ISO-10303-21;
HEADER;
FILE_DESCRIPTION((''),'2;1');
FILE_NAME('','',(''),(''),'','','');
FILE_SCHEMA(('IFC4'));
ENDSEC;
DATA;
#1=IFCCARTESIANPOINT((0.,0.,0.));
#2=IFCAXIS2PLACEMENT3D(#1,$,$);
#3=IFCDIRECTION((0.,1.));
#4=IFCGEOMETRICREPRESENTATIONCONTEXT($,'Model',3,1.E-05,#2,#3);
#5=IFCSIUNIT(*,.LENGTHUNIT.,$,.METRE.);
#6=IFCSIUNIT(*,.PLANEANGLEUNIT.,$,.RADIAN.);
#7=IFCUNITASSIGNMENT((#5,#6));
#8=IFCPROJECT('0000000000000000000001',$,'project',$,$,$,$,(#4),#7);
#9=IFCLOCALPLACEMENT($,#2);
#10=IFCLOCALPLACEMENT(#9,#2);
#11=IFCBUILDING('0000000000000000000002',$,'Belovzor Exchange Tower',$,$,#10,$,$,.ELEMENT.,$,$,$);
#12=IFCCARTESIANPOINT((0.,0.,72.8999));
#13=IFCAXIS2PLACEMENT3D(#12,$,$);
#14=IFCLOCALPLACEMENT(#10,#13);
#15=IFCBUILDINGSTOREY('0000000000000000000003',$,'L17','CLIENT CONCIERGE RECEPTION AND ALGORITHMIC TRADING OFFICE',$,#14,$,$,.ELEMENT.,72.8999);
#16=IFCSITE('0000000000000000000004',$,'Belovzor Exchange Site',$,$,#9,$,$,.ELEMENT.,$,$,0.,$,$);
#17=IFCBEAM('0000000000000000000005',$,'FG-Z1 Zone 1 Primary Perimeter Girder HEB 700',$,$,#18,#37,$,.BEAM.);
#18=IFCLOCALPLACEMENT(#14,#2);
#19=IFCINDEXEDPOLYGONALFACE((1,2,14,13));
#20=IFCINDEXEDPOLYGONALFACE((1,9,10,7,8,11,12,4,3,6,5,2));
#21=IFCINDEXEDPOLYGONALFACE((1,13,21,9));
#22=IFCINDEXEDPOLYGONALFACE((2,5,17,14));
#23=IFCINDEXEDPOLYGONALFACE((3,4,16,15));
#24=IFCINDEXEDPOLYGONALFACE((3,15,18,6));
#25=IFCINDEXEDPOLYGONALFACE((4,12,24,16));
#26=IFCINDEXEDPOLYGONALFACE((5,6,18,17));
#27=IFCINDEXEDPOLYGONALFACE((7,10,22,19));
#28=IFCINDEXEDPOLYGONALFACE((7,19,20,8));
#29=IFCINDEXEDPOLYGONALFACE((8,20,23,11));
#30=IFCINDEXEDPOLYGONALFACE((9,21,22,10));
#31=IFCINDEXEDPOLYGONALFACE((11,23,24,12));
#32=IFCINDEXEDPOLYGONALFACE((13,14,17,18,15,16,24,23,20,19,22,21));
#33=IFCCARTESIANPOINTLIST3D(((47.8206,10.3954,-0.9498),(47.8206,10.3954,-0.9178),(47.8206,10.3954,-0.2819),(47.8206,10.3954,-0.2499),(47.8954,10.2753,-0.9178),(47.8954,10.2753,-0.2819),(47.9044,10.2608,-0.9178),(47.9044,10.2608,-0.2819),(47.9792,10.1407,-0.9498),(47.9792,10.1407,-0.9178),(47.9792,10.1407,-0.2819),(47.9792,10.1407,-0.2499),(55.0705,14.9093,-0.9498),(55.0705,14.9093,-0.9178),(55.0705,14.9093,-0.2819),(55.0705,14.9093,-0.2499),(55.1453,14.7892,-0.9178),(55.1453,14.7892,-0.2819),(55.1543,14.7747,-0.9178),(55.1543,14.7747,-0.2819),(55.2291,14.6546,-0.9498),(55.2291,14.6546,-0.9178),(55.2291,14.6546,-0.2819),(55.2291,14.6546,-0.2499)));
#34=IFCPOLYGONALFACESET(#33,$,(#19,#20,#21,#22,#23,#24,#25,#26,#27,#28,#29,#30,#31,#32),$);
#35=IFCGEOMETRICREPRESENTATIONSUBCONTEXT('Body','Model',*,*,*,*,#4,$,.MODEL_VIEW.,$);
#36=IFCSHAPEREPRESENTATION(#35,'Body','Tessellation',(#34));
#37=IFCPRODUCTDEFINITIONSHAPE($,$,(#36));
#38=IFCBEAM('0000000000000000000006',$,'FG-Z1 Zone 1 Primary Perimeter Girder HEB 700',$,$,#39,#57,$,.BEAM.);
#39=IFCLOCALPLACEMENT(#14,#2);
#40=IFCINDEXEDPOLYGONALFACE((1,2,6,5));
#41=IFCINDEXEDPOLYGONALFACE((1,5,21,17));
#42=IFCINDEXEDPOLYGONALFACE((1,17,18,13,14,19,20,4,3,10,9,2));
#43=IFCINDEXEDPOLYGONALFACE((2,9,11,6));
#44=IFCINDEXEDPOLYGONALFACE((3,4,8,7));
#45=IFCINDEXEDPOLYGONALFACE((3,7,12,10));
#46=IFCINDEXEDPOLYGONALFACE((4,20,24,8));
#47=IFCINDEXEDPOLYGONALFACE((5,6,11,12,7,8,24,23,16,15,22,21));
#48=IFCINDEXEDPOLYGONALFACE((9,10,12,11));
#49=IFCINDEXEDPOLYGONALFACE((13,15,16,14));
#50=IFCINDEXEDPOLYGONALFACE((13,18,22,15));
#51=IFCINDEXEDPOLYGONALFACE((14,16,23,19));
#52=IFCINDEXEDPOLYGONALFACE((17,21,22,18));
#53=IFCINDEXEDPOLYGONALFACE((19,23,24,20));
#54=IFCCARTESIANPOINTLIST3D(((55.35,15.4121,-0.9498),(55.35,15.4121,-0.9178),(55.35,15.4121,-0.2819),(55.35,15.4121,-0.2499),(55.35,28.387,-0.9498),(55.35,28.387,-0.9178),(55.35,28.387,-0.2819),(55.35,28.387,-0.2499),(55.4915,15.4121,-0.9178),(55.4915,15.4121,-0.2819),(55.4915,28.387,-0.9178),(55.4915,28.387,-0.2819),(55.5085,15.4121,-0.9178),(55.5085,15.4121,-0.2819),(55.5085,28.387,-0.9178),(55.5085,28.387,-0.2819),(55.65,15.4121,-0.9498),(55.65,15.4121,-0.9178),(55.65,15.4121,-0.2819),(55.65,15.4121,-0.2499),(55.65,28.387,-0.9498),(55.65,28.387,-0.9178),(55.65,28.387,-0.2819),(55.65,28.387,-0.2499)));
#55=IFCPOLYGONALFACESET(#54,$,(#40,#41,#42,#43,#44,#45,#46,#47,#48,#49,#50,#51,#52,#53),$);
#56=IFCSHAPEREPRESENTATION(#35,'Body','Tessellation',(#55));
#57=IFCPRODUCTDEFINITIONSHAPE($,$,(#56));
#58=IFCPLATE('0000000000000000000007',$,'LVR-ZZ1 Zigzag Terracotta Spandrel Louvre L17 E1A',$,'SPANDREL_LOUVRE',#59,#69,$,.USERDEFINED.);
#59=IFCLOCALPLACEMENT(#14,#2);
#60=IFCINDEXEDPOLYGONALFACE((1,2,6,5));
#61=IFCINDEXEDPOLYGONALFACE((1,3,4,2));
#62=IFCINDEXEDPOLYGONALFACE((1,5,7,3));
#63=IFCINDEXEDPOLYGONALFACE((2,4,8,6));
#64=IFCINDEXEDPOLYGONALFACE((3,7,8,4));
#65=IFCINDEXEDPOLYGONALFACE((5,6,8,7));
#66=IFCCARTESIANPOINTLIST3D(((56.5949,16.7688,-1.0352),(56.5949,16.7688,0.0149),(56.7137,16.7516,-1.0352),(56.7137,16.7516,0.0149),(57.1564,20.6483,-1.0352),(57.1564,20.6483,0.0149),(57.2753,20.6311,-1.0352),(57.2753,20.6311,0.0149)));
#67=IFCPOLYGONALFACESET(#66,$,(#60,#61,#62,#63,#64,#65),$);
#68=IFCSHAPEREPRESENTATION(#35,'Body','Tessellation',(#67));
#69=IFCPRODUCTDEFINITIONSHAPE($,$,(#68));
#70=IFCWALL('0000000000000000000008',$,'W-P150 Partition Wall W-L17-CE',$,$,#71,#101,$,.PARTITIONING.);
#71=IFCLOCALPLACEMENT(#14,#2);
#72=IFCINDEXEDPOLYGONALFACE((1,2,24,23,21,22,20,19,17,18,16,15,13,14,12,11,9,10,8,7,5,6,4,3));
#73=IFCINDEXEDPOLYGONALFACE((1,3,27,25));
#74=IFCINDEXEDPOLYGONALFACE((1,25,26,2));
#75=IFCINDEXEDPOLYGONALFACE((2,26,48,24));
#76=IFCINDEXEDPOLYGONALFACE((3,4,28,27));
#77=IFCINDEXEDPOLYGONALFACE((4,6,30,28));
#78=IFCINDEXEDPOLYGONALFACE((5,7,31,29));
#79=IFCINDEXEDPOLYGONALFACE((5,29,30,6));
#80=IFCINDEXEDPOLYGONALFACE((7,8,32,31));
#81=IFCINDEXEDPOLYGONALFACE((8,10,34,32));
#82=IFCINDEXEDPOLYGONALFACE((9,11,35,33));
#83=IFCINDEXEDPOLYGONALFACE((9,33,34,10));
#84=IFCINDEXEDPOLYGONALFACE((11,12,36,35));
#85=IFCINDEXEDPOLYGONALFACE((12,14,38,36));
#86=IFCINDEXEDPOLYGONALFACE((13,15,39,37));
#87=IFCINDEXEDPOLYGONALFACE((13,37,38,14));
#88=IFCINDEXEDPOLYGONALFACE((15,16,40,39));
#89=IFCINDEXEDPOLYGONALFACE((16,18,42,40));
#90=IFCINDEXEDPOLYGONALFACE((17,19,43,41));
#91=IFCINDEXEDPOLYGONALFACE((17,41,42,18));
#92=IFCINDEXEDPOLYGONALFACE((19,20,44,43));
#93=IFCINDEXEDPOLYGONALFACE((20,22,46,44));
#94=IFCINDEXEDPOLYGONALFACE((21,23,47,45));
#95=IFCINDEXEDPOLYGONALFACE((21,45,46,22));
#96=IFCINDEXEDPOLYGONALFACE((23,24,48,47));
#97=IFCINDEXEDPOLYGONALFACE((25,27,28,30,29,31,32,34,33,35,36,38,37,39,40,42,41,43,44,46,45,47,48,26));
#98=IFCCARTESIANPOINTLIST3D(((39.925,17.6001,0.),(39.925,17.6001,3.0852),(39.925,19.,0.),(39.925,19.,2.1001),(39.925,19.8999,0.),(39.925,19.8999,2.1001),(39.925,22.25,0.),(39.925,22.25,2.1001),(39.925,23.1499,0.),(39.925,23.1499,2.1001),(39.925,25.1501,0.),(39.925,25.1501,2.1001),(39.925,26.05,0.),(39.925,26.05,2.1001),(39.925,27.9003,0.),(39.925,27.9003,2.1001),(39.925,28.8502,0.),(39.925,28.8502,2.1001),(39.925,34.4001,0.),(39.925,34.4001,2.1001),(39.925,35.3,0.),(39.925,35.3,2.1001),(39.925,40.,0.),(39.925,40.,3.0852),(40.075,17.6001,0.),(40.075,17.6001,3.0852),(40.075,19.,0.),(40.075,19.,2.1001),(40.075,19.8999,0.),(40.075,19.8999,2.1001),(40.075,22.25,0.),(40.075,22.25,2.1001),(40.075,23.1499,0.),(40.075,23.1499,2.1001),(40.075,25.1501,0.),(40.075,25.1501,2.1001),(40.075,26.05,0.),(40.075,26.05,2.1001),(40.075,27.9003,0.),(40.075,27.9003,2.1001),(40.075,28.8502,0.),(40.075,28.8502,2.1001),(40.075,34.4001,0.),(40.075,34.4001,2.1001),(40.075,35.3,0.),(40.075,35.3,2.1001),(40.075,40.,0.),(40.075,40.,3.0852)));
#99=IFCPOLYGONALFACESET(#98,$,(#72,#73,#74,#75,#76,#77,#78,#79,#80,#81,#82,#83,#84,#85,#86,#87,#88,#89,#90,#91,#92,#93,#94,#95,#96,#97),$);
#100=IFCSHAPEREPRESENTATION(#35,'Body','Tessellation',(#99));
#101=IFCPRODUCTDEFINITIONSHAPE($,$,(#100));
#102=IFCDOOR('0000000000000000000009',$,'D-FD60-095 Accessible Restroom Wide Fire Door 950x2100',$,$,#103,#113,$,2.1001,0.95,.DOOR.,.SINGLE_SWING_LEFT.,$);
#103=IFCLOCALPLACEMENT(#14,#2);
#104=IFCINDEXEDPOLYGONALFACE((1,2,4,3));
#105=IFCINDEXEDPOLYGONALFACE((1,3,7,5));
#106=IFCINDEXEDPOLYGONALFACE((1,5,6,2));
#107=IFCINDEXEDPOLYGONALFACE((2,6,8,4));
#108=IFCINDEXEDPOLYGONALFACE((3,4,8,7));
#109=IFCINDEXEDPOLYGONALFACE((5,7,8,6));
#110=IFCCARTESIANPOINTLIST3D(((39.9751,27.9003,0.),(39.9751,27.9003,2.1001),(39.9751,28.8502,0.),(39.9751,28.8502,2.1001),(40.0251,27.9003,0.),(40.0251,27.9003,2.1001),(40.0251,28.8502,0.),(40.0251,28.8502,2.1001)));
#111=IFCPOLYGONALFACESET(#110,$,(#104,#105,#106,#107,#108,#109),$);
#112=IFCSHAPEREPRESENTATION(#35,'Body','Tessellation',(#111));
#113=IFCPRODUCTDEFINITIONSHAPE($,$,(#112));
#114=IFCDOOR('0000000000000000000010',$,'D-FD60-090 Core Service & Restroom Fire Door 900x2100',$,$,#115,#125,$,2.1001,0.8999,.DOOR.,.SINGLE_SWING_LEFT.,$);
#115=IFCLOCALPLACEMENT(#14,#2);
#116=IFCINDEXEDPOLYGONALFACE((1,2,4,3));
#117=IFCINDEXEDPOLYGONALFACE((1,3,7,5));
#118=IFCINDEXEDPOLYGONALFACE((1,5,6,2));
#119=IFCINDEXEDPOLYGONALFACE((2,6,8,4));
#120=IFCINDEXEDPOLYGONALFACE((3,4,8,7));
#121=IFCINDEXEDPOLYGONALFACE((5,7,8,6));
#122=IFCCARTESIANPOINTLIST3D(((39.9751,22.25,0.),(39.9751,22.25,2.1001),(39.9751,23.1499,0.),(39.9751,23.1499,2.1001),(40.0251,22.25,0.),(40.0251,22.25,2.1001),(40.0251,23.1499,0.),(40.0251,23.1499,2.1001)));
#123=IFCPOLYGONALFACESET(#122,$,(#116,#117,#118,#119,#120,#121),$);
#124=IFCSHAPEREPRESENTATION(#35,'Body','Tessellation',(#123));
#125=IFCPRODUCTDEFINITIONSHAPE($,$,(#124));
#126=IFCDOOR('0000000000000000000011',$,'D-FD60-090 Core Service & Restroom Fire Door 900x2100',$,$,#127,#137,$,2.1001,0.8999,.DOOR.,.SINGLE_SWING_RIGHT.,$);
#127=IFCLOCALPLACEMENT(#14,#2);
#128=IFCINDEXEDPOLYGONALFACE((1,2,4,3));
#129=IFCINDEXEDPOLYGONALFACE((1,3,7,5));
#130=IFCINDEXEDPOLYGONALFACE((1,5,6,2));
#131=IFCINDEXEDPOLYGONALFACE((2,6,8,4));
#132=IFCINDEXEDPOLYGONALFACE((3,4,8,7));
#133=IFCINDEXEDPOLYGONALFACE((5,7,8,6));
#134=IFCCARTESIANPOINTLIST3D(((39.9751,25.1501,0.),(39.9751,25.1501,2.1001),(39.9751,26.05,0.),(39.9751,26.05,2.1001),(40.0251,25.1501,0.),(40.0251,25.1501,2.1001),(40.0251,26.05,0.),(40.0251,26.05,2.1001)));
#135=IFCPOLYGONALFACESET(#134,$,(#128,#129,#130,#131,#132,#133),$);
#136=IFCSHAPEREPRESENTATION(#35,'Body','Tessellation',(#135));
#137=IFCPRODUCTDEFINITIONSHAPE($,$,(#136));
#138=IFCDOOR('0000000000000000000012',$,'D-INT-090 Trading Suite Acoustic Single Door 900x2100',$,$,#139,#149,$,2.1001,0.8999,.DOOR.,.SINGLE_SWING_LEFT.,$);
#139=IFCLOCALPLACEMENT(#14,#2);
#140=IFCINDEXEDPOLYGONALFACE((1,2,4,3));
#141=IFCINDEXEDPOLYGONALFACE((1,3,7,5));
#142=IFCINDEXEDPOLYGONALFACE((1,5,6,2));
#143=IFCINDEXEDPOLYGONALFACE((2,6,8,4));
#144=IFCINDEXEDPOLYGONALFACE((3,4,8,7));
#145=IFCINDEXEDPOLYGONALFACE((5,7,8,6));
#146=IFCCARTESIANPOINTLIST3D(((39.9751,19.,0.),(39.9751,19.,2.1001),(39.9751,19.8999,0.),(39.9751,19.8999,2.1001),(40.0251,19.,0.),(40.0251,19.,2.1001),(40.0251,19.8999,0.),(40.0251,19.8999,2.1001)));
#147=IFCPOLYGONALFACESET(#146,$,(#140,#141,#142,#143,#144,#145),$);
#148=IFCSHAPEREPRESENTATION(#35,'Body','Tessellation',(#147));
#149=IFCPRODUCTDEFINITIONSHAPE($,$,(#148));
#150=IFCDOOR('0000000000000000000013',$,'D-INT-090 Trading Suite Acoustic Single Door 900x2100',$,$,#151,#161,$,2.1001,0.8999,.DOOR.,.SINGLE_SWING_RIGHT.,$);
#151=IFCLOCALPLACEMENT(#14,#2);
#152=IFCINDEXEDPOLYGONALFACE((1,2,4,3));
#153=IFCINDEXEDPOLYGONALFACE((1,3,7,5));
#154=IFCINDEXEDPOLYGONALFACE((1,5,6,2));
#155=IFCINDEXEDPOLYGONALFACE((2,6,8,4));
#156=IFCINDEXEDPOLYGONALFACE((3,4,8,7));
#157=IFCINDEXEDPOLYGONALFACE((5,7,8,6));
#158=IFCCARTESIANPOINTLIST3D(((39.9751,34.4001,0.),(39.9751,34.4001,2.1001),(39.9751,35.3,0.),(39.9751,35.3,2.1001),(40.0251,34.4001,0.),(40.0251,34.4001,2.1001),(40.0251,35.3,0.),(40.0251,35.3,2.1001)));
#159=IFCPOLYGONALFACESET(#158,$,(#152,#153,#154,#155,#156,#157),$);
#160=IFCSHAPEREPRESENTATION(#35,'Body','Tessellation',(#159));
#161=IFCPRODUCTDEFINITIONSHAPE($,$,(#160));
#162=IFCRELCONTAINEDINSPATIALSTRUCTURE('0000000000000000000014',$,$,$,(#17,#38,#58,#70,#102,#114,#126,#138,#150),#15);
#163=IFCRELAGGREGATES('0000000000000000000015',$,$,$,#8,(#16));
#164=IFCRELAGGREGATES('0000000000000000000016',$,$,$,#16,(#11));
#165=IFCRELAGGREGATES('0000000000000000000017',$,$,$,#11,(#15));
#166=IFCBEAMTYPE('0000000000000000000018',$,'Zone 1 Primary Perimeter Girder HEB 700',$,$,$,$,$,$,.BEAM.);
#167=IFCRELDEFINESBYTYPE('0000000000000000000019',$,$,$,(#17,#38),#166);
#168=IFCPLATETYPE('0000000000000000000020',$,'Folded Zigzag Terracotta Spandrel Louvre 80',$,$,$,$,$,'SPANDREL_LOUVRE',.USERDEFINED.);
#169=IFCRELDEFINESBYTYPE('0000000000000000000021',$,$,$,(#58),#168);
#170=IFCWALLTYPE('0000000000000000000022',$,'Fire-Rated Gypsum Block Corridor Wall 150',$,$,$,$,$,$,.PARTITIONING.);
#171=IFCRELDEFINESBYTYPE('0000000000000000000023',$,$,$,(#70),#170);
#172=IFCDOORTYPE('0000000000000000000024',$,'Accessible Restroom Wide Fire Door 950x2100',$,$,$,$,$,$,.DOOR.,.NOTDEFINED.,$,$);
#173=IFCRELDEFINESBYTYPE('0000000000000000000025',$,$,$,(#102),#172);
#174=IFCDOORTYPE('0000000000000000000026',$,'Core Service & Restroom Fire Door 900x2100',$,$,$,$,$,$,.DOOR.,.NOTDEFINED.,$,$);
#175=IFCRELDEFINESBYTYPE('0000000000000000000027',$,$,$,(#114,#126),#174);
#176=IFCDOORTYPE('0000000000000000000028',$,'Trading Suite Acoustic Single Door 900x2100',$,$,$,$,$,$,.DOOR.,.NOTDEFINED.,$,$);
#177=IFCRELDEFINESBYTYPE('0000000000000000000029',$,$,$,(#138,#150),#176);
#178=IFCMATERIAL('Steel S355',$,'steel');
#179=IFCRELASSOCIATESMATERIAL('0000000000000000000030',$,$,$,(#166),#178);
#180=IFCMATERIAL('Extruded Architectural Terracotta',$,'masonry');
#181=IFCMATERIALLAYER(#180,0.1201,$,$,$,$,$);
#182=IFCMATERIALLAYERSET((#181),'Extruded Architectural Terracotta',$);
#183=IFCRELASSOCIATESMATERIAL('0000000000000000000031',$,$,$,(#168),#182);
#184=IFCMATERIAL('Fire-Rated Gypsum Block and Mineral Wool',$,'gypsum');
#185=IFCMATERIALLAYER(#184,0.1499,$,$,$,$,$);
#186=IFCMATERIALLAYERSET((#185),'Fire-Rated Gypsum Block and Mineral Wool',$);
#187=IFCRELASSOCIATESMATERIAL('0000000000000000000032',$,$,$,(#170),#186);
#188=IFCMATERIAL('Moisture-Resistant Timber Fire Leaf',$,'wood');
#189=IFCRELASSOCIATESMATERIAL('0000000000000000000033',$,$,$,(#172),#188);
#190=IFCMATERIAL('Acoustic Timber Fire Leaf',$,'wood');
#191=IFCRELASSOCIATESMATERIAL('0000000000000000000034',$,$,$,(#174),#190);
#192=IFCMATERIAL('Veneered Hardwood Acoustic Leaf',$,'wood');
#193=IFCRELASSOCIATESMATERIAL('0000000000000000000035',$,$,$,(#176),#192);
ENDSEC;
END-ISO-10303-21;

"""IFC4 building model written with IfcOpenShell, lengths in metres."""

from ifc_helpers import new_model, si_unit, direction, frame, frame_2d, origin, origin_2d, place, context, subcontext, project, spatial, rectangle, i_section, extrude, material, layer, layer_set, material_profile, profile_set, type_object, element, fill, save


model = new_model("IFC4")

# Units and contexts
model_context = context("Model", 3, precision=1e-05, world=origin(), true_north=direction((0.0, 1.0)))
body_context = subcontext(model_context, "Body", "Model", "MODEL_VIEW")
ifc_project = project(units=[si_unit("LENGTHUNIT", "METRE"), si_unit("PLANEANGLEUNIT", "RADIAN")], contexts=[model_context])

# Site, building, storey
site_placement = place(None, origin())
site = spatial("IfcSite", under=ifc_project, at=site_placement, Name="Belovzor Exchange Site", CompositionType="ELEMENT", RefElevation=0.0)
building_placement = place(site_placement, origin())
building = spatial("IfcBuilding", under=site, at=building_placement, Name="Belovzor Exchange Tower", CompositionType="ELEMENT")
storey_placement = place(building_placement, frame((0.0, 0.0, 72.8999)))
storey = spatial("IfcBuildingStorey", under=building, at=storey_placement, Name="L17", Description="CLIENT CONCIERGE RECEPTION AND ALGORITHMIC TRADING OFFICE", CompositionType="ELEMENT", Elevation=72.8999)

# Beams
ifc_material_1 = material(Name="Steel S355", Category="steel")
ifc_material_profile_1 = material_profile(ifc_material_1, i_section(OverallWidth=0.3, OverallDepth=0.7, WebThickness=0.0171, FlangeThickness=0.032, at=origin_2d()))
ifc_profile_set_1 = profile_set([ifc_material_profile_1], Name="Steel S355")
beam_type_1 = type_object("IfcBeamType", Name="Zone 1 Primary Perimeter Girder HEB 700", PredefinedType="BEAM", material=ifc_profile_set_1)
for number, where, z_axis, x_axis, name in (
    (1, (47.8999, 10.2681, -0.5999), (0.848909, 0.528539, 0.0), (-0.528539, 0.848909, 0.0), "FG-Z1 Zone 1 Primary Perimeter Girder HEB 700"),
):
    element("IfcBeam", number, at=place(storey_placement, frame(where, z_axis=z_axis, x_axis=x_axis)), inside=storey, type_object=beam_type_1, Name=name, PredefinedType="BEAM", context=body_context, shape_type="SweptSolid", body=[
        extrude(i_section(OverallWidth=0.3, OverallDepth=0.7, WebThickness=0.0171, FlangeThickness=0.032, at=origin_2d()), origin(), (0.0, 0.0, 1.0), 8.5403),
    ])
beam_1_placement = place(storey_placement, frame((55.5, 15.4121, -0.5999), z_axis=(0.0, 1.0, 0.0), x_axis=(-1.0, 0.0, 0.0)))
element("IfcBeam", 2, at=beam_1_placement, inside=storey, type_object=beam_type_1, Name="FG-Z1 Zone 1 Primary Perimeter Girder HEB 700", PredefinedType="BEAM", context=body_context, shape_type="SweptSolid", body=[
    extrude(i_section(OverallWidth=0.3, OverallDepth=0.7, WebThickness=0.0171, FlangeThickness=0.032, at=origin_2d()), origin(), (0.0, 0.0, 1.0), 12.9749),
])

# Plate
ifc_material_2 = material(Name="Extruded Architectural Terracotta", Category="masonry")
ifc_layer_1 = layer(ifc_material_2, 0.1201)
ifc_layer_set_1 = layer_set([ifc_layer_1], Name="Extruded Architectural Terracotta")
plate_type = type_object("IfcPlateType", Name="Folded Zigzag Terracotta Spandrel Louvre 80", ElementType="SPANDREL_LOUVRE", PredefinedType="USERDEFINED", material=ifc_layer_set_1)
plate_placement = place(storey_placement, frame((56.9351, 18.7, -1.0352), z_axis=(0.0, 0.0, 1.0), x_axis=(0.143251, 0.989686, 0.0)))
element("IfcPlate", 3, at=plate_placement, inside=storey, type_object=plate_type, Name="LVR-ZZ1 Zigzag Terracotta Spandrel Louvre L17 E1A", ObjectType="SPANDREL_LOUVRE", PredefinedType="USERDEFINED", context=body_context, shape_type="SweptSolid", body=[
    extrude(rectangle(XDim=3.9199, YDim=0.1201, at=origin_2d()), origin(), (0.0, 0.0, 1.0), 1.05),
])

# Wall, openings, doors
ifc_material_3 = material(Name="Fire-Rated Gypsum Block and Mineral Wool", Category="gypsum")
ifc_layer_2 = layer(ifc_material_3, 0.1499)
ifc_layer_set_2 = layer_set([ifc_layer_2], Name="Fire-Rated Gypsum Block and Mineral Wool")
wall_type_1 = type_object("IfcWallType", Name="Fire-Rated Gypsum Block Corridor Wall 150", PredefinedType="PARTITIONING", material=ifc_layer_set_2)
wall_1_placement = place(storey_placement, frame((40.0, 17.6001, 0.0), z_axis=(0.0, 0.0, 1.0), x_axis=(0.0, 1.0, 0.0)))
wall_1 = element("IfcWall", 4, at=wall_1_placement, inside=storey, type_object=wall_type_1, Name="W-P150 Partition Wall W-L17-CE", PredefinedType="PARTITIONING", context=body_context, shape_type="SweptSolid", body=[
    extrude(rectangle(XDim=22.3999, YDim=0.1499, at=frame_2d((11.2, 0.0))), origin(), (0.0, 0.0, 1.0), 3.0852),
])
opening_1_placement = place(wall_1_placement, frame((1.3999, 0.0, 0.0)))
opening_1 = element("IfcOpeningElement", 5, at=opening_1_placement, cuts=wall_1, PredefinedType="OPENING", context=body_context, shape_type="SweptSolid", body=[
    extrude(rectangle(XDim=0.8999, YDim=2.1001, at=frame_2d((0.45, 1.05))), frame((0.0, 0.085, 0.0), z_axis=(0.0, -1.0, 0.0), x_axis=(1.0, 0.0, 0.0)), (0.0, 0.0, 1.0), 0.1699),
])
opening_2_placement = place(wall_1_placement, frame((4.6499, 0.0, 0.0)))
opening_2 = element("IfcOpeningElement", 6, at=opening_2_placement, cuts=wall_1, PredefinedType="OPENING", context=body_context, shape_type="SweptSolid", body=[
    extrude(rectangle(XDim=0.8999, YDim=2.1001, at=frame_2d((0.45, 1.05))), frame((0.0, 0.085, 0.0), z_axis=(0.0, -1.0, 0.0), x_axis=(1.0, 0.0, 0.0)), (0.0, 0.0, 1.0), 0.1699),
])
opening_3_placement = place(wall_1_placement, frame((7.55, 0.0, 0.0)))
opening_3 = element("IfcOpeningElement", 7, at=opening_3_placement, cuts=wall_1, PredefinedType="OPENING", context=body_context, shape_type="SweptSolid", body=[
    extrude(rectangle(XDim=0.8999, YDim=2.1001, at=frame_2d((0.45, 1.05))), frame((0.0, 0.085, 0.0), z_axis=(0.0, -1.0, 0.0), x_axis=(1.0, 0.0, 0.0)), (0.0, 0.0, 1.0), 0.1699),
])
opening_4_placement = place(wall_1_placement, frame((10.3, 0.0, 0.0)))
opening_4 = element("IfcOpeningElement", 8, at=opening_4_placement, cuts=wall_1, PredefinedType="OPENING", context=body_context, shape_type="SweptSolid", body=[
    extrude(rectangle(XDim=0.95, YDim=2.1001, at=frame_2d((0.4751, 1.05))), frame((0.0, 0.085, 0.0), z_axis=(0.0, -1.0, 0.0), x_axis=(1.0, 0.0, 0.0)), (0.0, 0.0, 1.0), 0.1699),
])
opening_5_placement = place(wall_1_placement, frame((16.8, 0.0, 0.0)))
opening_5 = element("IfcOpeningElement", 9, at=opening_5_placement, cuts=wall_1, PredefinedType="OPENING", context=body_context, shape_type="SweptSolid", body=[
    extrude(rectangle(XDim=0.8999, YDim=2.1001, at=frame_2d((0.45, 1.05))), frame((0.0, 0.085, 0.0), z_axis=(0.0, -1.0, 0.0), x_axis=(1.0, 0.0, 0.0)), (0.0, 0.0, 1.0), 0.1699),
])
ifc_material_4 = material(Name="Moisture-Resistant Timber Fire Leaf", Category="wood")
door_type_1 = type_object("IfcDoorType", Name="Accessible Restroom Wide Fire Door 950x2100", OperationType="NOTDEFINED", PredefinedType="DOOR", material=ifc_material_4)
door_1_placement = place(opening_4_placement, origin())
door_1 = element("IfcDoor", 10, at=door_1_placement, inside=storey, type_object=door_type_1, Name="D-FD60-095 Accessible Restroom Wide Fire Door 950x2100", OperationType="SINGLE_SWING_LEFT", OverallHeight=2.1001, OverallWidth=0.95, PredefinedType="DOOR", context=body_context, shape_type="SweptSolid", body=[
    extrude(rectangle(XDim=0.95, YDim=2.1001, at=frame_2d((0.4751, 1.05))), frame((0.0, 0.0249, 0.0), z_axis=(0.0, -1.0, 0.0), x_axis=(1.0, 0.0, 0.0)), (0.0, 0.0, 1.0), 0.05),
])
fill(opening_4, door_1)
ifc_material_5 = material(Name="Acoustic Timber Fire Leaf", Category="wood")
door_type_2 = type_object("IfcDoorType", Name="Core Service & Restroom Fire Door 900x2100", OperationType="NOTDEFINED", PredefinedType="DOOR", material=ifc_material_5)
door_2_placement = place(opening_2_placement, origin())
door_2 = element("IfcDoor", 11, at=door_2_placement, inside=storey, type_object=door_type_2, Name="D-FD60-090 Core Service & Restroom Fire Door 900x2100", OperationType="SINGLE_SWING_LEFT", OverallHeight=2.1001, OverallWidth=0.8999, PredefinedType="DOOR", context=body_context, shape_type="SweptSolid", body=[
    extrude(rectangle(XDim=0.8999, YDim=2.1001, at=frame_2d((0.45, 1.05))), frame((0.0, 0.0249, 0.0), z_axis=(0.0, -1.0, 0.0), x_axis=(1.0, 0.0, 0.0)), (0.0, 0.0, 1.0), 0.05),
])
fill(opening_2, door_2)
door_3_placement = place(opening_3_placement, origin())
door_3 = element("IfcDoor", 12, at=door_3_placement, inside=storey, type_object=door_type_2, Name="D-FD60-090 Core Service & Restroom Fire Door 900x2100", OperationType="SINGLE_SWING_RIGHT", OverallHeight=2.1001, OverallWidth=0.8999, PredefinedType="DOOR", context=body_context, shape_type="SweptSolid", body=[
    extrude(rectangle(XDim=0.8999, YDim=2.1001, at=frame_2d((0.45, 1.05))), frame((0.0, 0.0249, 0.0), z_axis=(0.0, -1.0, 0.0), x_axis=(1.0, 0.0, 0.0)), (0.0, 0.0, 1.0), 0.05),
])
fill(opening_3, door_3)
ifc_material_6 = material(Name="Veneered Hardwood Acoustic Leaf", Category="wood")
door_type_3 = type_object("IfcDoorType", Name="Trading Suite Acoustic Single Door 900x2100", OperationType="NOTDEFINED", PredefinedType="DOOR", material=ifc_material_6)
door_4_placement = place(opening_1_placement, origin())
door_4 = element("IfcDoor", 13, at=door_4_placement, inside=storey, type_object=door_type_3, Name="D-INT-090 Trading Suite Acoustic Single Door 900x2100", OperationType="SINGLE_SWING_LEFT", OverallHeight=2.1001, OverallWidth=0.8999, PredefinedType="DOOR", context=body_context, shape_type="SweptSolid", body=[
    extrude(rectangle(XDim=0.8999, YDim=2.1001, at=frame_2d((0.45, 1.05))), frame((0.0, 0.0249, 0.0), z_axis=(0.0, -1.0, 0.0), x_axis=(1.0, 0.0, 0.0)), (0.0, 0.0, 1.0), 0.05),
])
fill(opening_1, door_4)
door_5_placement = place(opening_5_placement, origin())
door_5 = element("IfcDoor", 14, at=door_5_placement, inside=storey, type_object=door_type_3, Name="D-INT-090 Trading Suite Acoustic Single Door 900x2100", OperationType="SINGLE_SWING_RIGHT", OverallHeight=2.1001, OverallWidth=0.8999, PredefinedType="DOOR", context=body_context, shape_type="SweptSolid", body=[
    extrude(rectangle(XDim=0.8999, YDim=2.1001, at=frame_2d((0.45, 1.05))), frame((0.0, 0.0249, 0.0), z_axis=(0.0, -1.0, 0.0), x_axis=(1.0, 0.0, 0.0)), (0.0, 0.0, 1.0), 0.05),
])
fill(opening_5, door_5)

save(model, "model.ifc")
